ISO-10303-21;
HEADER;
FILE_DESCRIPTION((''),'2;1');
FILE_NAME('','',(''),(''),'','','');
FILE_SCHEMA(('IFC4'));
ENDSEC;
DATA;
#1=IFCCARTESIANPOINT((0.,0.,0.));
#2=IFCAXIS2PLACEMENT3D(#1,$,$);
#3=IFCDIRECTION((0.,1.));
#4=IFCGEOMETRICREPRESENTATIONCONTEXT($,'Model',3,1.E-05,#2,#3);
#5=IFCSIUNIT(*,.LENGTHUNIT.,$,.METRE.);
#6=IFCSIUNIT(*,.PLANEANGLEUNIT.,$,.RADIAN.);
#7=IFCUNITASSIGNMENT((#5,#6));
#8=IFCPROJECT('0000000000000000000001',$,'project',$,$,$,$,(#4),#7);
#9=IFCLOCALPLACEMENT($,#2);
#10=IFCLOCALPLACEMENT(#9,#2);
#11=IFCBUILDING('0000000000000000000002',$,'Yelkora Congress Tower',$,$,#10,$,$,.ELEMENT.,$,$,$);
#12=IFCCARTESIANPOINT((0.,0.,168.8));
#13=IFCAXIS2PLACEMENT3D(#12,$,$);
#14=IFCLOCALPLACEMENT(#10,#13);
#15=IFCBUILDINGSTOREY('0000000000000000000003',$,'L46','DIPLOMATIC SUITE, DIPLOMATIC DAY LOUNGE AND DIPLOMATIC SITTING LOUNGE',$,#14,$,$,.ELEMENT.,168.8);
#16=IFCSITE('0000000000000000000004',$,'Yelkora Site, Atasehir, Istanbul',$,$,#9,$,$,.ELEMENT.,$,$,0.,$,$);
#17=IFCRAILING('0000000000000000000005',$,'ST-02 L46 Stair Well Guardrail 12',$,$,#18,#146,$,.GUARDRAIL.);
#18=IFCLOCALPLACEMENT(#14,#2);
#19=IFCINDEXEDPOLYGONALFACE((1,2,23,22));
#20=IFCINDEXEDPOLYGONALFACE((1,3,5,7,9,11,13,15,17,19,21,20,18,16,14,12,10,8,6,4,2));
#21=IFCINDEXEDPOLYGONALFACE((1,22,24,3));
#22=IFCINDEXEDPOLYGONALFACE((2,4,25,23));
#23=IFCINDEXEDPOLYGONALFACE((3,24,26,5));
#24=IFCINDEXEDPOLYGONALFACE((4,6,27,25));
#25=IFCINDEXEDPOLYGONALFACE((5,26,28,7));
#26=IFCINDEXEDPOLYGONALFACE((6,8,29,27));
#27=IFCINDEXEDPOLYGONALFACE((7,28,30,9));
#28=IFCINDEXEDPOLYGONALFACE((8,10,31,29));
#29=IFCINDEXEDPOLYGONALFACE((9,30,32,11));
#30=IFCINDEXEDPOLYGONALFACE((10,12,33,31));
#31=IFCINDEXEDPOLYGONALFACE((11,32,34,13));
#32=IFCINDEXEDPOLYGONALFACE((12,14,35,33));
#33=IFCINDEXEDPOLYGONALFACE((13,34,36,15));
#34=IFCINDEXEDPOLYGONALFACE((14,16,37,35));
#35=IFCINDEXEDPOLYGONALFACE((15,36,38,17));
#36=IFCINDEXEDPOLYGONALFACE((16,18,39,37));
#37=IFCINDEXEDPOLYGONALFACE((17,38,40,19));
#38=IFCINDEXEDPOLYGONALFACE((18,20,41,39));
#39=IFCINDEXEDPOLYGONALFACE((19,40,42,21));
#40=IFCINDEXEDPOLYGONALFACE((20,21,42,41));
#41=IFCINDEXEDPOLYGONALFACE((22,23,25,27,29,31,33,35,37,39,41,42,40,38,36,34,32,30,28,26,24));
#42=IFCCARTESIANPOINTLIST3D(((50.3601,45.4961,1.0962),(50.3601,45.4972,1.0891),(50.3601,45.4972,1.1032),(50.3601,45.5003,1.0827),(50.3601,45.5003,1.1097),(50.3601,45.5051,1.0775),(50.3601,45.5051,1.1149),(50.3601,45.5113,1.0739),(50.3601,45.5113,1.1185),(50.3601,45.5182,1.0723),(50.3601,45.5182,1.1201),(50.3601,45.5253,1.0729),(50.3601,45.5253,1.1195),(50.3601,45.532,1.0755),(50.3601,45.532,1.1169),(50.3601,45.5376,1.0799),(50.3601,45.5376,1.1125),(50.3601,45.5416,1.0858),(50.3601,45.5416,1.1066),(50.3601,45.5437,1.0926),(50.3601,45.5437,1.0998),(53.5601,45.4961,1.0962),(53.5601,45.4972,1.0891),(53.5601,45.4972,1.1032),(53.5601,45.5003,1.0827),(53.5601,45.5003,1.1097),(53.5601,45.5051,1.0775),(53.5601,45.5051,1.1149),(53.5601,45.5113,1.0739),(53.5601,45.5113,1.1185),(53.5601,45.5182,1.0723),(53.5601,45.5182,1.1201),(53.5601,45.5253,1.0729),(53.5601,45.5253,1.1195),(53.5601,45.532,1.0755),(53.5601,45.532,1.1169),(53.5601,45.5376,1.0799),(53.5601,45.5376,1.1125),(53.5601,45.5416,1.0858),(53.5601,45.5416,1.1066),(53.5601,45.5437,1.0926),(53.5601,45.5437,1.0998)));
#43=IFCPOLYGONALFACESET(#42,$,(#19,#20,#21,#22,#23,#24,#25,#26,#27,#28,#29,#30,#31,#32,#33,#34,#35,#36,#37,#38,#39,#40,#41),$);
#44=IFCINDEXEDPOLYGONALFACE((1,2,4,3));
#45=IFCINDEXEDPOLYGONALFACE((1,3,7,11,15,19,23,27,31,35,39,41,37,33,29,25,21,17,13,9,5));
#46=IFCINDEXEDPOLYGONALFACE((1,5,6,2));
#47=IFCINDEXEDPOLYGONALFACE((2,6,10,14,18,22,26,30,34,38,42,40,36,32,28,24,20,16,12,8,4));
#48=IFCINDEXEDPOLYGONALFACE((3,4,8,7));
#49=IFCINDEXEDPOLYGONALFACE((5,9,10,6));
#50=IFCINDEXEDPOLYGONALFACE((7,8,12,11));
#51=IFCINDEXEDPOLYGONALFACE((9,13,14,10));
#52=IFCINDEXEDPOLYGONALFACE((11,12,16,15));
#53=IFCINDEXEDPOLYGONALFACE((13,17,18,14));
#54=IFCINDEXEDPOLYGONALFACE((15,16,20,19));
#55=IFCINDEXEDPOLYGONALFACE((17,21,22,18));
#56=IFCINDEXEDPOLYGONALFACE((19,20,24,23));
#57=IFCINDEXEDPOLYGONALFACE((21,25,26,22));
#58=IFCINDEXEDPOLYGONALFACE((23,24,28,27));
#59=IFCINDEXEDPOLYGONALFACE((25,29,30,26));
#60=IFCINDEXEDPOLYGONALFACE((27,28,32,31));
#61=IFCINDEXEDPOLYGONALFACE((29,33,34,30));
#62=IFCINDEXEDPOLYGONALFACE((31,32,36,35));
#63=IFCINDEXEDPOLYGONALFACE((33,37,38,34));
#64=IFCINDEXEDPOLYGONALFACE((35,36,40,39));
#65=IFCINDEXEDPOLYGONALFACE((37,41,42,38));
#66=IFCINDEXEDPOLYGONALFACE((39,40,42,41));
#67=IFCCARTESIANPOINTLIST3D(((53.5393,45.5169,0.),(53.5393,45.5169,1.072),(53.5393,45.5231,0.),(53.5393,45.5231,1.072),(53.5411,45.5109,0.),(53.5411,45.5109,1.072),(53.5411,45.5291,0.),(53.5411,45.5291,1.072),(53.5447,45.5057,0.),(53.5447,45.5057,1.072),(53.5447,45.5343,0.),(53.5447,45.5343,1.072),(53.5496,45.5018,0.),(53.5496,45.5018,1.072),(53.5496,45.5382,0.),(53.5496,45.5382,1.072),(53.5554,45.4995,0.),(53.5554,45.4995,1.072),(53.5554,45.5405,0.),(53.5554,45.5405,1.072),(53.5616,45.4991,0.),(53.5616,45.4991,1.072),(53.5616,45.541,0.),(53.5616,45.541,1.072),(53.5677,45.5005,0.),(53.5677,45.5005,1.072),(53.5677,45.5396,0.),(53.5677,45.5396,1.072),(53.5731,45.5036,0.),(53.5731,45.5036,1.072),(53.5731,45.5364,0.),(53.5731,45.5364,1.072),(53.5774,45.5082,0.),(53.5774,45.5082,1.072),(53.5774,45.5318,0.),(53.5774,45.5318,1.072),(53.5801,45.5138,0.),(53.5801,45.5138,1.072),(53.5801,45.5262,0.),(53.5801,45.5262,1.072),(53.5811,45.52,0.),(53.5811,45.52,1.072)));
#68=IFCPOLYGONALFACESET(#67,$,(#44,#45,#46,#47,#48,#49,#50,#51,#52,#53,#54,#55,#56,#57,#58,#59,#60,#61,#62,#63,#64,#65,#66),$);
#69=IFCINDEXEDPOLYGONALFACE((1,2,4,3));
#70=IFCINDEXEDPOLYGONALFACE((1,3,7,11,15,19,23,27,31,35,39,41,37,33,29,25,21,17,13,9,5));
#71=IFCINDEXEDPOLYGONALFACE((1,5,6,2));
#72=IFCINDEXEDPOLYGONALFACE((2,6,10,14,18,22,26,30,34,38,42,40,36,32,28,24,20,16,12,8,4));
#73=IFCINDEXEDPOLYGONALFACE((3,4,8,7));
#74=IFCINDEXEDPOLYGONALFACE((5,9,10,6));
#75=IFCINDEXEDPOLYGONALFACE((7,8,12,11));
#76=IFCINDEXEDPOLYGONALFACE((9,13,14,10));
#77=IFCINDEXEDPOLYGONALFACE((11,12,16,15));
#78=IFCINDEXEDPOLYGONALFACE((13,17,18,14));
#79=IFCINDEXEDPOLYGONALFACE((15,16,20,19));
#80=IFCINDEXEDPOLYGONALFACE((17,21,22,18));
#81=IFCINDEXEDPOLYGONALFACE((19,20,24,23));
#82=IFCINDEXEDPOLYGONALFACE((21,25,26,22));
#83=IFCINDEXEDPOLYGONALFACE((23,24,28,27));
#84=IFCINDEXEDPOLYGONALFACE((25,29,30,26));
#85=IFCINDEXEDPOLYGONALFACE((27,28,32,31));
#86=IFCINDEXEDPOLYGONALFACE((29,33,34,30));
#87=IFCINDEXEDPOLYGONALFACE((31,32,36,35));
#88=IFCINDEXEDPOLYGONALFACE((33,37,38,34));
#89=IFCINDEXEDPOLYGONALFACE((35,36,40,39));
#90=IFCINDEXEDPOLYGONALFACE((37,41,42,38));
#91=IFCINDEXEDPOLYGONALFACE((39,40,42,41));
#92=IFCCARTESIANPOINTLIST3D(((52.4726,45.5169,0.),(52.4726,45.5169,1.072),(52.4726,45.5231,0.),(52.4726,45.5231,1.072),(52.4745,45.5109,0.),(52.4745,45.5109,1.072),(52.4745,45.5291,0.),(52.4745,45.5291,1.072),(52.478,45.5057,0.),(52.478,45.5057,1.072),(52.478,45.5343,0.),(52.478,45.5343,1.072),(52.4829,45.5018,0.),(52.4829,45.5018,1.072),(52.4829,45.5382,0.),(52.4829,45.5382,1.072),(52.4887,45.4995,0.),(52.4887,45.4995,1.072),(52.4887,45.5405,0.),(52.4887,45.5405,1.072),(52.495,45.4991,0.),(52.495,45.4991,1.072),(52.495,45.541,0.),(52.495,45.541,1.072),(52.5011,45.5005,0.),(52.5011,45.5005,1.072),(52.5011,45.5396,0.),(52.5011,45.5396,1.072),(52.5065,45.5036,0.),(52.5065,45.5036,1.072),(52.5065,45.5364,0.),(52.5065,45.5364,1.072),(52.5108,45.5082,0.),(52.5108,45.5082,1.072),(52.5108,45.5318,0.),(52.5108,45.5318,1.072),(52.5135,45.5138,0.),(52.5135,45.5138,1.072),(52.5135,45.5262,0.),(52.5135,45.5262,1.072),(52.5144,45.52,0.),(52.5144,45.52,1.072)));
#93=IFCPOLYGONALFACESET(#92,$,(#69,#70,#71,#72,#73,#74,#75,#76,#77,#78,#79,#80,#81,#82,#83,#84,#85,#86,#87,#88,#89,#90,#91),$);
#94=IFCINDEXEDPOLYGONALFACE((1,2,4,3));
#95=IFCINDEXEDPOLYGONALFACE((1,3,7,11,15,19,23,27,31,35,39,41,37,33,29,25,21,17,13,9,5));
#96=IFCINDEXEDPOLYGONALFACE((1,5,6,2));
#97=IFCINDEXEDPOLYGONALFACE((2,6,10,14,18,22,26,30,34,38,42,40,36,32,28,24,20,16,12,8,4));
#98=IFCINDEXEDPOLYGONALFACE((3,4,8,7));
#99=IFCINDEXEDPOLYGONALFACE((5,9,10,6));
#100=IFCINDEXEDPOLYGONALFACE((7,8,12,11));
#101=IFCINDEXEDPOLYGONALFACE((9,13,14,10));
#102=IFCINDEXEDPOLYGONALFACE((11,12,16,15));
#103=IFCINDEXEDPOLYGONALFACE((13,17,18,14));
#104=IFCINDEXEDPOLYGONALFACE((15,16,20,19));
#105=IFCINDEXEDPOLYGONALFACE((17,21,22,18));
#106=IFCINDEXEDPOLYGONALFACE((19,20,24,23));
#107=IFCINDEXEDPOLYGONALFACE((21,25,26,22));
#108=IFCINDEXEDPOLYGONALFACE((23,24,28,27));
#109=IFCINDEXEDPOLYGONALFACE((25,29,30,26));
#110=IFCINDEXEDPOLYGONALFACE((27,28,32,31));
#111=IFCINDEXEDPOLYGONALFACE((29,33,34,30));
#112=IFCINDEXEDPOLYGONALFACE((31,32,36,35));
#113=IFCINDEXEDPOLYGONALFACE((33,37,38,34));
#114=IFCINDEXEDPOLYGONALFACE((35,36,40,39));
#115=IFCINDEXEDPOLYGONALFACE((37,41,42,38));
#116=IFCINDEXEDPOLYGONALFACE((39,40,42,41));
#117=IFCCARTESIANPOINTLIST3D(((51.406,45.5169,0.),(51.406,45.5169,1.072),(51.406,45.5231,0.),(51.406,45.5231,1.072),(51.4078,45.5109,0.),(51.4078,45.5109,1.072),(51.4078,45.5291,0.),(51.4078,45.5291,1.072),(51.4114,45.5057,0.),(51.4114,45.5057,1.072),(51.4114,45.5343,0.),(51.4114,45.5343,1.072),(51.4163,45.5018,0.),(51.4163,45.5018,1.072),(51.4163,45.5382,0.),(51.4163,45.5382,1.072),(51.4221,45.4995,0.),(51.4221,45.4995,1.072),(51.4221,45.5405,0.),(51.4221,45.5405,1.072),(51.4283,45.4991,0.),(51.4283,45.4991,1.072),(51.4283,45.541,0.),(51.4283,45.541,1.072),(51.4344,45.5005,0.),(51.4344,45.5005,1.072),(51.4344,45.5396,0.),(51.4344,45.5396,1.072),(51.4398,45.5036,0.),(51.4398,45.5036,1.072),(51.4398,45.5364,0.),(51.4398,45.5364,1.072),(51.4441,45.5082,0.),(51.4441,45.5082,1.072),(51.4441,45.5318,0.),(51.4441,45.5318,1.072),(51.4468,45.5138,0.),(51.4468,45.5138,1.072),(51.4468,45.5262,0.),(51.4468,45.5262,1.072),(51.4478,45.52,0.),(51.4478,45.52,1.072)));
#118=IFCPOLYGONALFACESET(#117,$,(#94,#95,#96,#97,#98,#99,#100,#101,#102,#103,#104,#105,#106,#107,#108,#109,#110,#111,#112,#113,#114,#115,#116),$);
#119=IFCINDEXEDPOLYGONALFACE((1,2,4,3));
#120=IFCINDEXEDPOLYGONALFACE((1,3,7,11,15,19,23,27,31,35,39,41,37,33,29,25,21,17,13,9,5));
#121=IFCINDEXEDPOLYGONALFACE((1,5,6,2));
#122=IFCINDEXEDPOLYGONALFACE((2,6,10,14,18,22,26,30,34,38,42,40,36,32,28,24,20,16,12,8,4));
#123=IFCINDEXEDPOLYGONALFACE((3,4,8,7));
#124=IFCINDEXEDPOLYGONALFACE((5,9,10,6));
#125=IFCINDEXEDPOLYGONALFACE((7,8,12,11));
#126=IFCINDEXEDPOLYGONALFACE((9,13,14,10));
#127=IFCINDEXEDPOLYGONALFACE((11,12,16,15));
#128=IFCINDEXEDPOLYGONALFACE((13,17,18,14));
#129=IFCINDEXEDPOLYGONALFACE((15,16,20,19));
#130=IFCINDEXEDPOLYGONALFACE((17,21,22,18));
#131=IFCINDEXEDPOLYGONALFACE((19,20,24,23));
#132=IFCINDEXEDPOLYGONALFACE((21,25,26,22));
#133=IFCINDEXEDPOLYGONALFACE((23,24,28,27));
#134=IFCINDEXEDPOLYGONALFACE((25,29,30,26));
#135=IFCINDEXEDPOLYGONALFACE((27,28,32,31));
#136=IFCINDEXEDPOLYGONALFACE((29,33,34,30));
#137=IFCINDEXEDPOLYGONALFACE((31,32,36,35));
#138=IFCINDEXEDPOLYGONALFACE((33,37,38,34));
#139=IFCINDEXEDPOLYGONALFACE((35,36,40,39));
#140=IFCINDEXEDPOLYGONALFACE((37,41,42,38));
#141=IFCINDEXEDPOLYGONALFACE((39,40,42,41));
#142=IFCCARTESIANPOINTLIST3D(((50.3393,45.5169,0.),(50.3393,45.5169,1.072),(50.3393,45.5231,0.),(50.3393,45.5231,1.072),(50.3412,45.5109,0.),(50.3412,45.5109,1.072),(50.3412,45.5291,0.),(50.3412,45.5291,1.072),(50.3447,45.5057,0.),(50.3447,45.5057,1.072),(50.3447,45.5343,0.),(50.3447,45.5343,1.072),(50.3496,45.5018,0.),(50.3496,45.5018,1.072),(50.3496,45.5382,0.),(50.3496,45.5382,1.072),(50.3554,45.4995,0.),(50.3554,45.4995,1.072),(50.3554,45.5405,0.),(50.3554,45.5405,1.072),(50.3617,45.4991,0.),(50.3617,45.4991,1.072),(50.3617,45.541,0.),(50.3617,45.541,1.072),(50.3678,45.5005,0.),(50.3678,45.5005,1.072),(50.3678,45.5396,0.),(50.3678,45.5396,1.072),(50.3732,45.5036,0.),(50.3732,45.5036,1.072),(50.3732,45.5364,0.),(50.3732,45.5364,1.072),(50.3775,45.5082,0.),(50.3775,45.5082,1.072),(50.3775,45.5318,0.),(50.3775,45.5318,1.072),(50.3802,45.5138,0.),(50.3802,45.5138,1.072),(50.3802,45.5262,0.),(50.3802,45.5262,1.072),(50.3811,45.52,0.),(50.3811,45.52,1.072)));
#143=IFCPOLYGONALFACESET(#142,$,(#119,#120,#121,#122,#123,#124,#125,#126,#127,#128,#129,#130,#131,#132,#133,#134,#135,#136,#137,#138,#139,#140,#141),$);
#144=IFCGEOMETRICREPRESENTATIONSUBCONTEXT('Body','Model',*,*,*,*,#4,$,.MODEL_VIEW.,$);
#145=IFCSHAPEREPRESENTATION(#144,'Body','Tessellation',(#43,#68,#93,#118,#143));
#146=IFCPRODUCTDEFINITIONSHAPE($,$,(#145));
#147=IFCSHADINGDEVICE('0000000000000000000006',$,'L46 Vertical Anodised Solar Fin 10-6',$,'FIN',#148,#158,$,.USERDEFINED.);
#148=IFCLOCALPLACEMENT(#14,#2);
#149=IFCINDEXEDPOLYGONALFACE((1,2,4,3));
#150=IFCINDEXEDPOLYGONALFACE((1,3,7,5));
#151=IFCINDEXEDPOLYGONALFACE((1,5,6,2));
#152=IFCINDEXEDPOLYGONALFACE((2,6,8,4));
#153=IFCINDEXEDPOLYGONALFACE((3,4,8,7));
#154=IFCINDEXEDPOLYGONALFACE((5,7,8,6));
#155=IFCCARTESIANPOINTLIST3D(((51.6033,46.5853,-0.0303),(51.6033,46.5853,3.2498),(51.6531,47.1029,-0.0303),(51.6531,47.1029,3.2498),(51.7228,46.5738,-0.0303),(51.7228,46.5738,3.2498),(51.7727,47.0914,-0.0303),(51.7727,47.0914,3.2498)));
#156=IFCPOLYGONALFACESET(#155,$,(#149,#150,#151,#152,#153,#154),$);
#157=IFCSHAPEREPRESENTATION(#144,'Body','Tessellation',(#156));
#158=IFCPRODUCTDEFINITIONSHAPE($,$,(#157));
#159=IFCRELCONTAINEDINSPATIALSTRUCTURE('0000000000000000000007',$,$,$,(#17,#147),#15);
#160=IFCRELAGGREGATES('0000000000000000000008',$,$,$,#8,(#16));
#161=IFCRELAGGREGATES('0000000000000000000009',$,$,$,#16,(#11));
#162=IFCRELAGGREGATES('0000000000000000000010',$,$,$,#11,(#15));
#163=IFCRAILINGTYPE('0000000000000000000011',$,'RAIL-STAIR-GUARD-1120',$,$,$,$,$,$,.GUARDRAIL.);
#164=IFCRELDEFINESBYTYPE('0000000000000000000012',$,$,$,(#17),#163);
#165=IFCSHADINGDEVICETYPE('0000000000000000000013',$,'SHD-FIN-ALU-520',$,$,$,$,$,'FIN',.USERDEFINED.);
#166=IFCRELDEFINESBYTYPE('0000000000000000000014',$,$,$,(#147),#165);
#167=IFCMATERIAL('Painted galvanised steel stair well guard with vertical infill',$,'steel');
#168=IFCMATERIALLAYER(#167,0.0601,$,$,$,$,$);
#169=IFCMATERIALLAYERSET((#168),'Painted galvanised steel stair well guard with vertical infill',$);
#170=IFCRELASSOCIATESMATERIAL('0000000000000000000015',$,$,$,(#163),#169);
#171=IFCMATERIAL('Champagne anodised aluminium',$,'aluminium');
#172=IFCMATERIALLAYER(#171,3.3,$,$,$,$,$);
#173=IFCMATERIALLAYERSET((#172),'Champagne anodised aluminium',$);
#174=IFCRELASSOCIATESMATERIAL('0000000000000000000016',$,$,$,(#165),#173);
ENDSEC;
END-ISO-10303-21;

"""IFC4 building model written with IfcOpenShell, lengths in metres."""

from ifc_helpers import new_model, si_unit, direction, frame, origin, origin_2d, place, context, subcontext, project, spatial, rectangle, circle, extrude, material, layer, layer_set, type_object, element, save


model = new_model("IFC4")

# Units and contexts
model_context = context("Model", 3, precision=1e-05, world=origin(), true_north=direction((0.0, 1.0)))
body_context = subcontext(model_context, "Body", "Model", "MODEL_VIEW")
ifc_project = project(units=[si_unit("LENGTHUNIT", "METRE"), si_unit("PLANEANGLEUNIT", "RADIAN")], contexts=[model_context])

# Site, building, storey
site_placement = place(None, origin())
site = spatial("IfcSite", under=ifc_project, at=site_placement, Name="Yelkora Site, Atasehir, Istanbul", CompositionType="ELEMENT", RefElevation=0.0)
building_placement = place(site_placement, origin())
building = spatial("IfcBuilding", under=site, at=building_placement, Name="Yelkora Congress Tower", CompositionType="ELEMENT")
storey_placement = place(building_placement, frame((0.0, 0.0, 168.8)))
storey = spatial("IfcBuildingStorey", under=building, at=storey_placement, Name="L46", Description="DIPLOMATIC SUITE, DIPLOMATIC DAY LOUNGE AND DIPLOMATIC SITTING LOUNGE", CompositionType="ELEMENT", Elevation=168.8)

# Railing
ifc_material_1 = material(Name="Painted galvanised steel stair well guard with vertical infill", Category="steel")
ifc_layer_1 = layer(ifc_material_1, 0.0601)
ifc_layer_set_1 = layer_set([ifc_layer_1], Name="Painted galvanised steel stair well guard with vertical infill")
railing_type = type_object("IfcRailingType", Name="RAIL-STAIR-GUARD-1120", PredefinedType="GUARDRAIL", material=ifc_layer_set_1)
railing_1_placement = place(storey_placement, frame((53.5601, 45.52, 0.0)))
element("IfcRailing", 1, at=railing_1_placement, inside=storey, type_object=railing_type, Name="ST-02 L46 Stair Well Guardrail 12", PredefinedType="GUARDRAIL", context=body_context, shape_type="SweptSolid", body=[
    extrude(circle(Radius=0.0239, at=origin_2d()), frame((0.0, 0.0, 1.0962), z_axis=(-1.0, 0.0, 0.0), x_axis=(0.0, -1.0, 0.0)), (0.0, 0.0, 1.0), 3.2),
    extrude(circle(Radius=0.021, at=origin_2d()), origin(), (0.0, 0.0, 1.0), 1.072),
    extrude(circle(Radius=0.021, at=origin_2d()), frame((-1.0667, 0.0, 0.0)), (0.0, 0.0, 1.0), 1.072),
    extrude(circle(Radius=0.021, at=origin_2d()), frame((-2.1333, 0.0, 0.0)), (0.0, 0.0, 1.0), 1.072),
    extrude(circle(Radius=0.021, at=origin_2d()), frame((-3.2, 0.0, 0.0)), (0.0, 0.0, 1.0), 1.072),
])

# Shading device
ifc_material_2 = material(Name="Champagne anodised aluminium", Category="aluminium")
ifc_layer_2 = layer(ifc_material_2, 3.3)
ifc_layer_set_2 = layer_set([ifc_layer_2], Name="Champagne anodised aluminium")
shading_device_type = type_object("IfcShadingDeviceType", Name="SHD-FIN-ALU-520", ElementType="FIN", PredefinedType="USERDEFINED", material=ifc_layer_set_2)
shading_device_placement = place(storey_placement, frame((51.688, 46.8384, -0.0303), z_axis=(0.0, 0.0, 1.0), x_axis=(0.995396, -0.095846, 0.0)))
element("IfcShadingDevice", 2, at=shading_device_placement, inside=storey, type_object=shading_device_type, Name="L46 Vertical Anodised Solar Fin 10-6", ObjectType="FIN", PredefinedType="USERDEFINED", context=body_context, shape_type="SweptSolid", body=[
    extrude(rectangle(XDim=0.1201, YDim=0.52, at=origin_2d()), origin(), (0.0, 0.0, 1.0), 3.28),
])

save(model, "model.ifc")
